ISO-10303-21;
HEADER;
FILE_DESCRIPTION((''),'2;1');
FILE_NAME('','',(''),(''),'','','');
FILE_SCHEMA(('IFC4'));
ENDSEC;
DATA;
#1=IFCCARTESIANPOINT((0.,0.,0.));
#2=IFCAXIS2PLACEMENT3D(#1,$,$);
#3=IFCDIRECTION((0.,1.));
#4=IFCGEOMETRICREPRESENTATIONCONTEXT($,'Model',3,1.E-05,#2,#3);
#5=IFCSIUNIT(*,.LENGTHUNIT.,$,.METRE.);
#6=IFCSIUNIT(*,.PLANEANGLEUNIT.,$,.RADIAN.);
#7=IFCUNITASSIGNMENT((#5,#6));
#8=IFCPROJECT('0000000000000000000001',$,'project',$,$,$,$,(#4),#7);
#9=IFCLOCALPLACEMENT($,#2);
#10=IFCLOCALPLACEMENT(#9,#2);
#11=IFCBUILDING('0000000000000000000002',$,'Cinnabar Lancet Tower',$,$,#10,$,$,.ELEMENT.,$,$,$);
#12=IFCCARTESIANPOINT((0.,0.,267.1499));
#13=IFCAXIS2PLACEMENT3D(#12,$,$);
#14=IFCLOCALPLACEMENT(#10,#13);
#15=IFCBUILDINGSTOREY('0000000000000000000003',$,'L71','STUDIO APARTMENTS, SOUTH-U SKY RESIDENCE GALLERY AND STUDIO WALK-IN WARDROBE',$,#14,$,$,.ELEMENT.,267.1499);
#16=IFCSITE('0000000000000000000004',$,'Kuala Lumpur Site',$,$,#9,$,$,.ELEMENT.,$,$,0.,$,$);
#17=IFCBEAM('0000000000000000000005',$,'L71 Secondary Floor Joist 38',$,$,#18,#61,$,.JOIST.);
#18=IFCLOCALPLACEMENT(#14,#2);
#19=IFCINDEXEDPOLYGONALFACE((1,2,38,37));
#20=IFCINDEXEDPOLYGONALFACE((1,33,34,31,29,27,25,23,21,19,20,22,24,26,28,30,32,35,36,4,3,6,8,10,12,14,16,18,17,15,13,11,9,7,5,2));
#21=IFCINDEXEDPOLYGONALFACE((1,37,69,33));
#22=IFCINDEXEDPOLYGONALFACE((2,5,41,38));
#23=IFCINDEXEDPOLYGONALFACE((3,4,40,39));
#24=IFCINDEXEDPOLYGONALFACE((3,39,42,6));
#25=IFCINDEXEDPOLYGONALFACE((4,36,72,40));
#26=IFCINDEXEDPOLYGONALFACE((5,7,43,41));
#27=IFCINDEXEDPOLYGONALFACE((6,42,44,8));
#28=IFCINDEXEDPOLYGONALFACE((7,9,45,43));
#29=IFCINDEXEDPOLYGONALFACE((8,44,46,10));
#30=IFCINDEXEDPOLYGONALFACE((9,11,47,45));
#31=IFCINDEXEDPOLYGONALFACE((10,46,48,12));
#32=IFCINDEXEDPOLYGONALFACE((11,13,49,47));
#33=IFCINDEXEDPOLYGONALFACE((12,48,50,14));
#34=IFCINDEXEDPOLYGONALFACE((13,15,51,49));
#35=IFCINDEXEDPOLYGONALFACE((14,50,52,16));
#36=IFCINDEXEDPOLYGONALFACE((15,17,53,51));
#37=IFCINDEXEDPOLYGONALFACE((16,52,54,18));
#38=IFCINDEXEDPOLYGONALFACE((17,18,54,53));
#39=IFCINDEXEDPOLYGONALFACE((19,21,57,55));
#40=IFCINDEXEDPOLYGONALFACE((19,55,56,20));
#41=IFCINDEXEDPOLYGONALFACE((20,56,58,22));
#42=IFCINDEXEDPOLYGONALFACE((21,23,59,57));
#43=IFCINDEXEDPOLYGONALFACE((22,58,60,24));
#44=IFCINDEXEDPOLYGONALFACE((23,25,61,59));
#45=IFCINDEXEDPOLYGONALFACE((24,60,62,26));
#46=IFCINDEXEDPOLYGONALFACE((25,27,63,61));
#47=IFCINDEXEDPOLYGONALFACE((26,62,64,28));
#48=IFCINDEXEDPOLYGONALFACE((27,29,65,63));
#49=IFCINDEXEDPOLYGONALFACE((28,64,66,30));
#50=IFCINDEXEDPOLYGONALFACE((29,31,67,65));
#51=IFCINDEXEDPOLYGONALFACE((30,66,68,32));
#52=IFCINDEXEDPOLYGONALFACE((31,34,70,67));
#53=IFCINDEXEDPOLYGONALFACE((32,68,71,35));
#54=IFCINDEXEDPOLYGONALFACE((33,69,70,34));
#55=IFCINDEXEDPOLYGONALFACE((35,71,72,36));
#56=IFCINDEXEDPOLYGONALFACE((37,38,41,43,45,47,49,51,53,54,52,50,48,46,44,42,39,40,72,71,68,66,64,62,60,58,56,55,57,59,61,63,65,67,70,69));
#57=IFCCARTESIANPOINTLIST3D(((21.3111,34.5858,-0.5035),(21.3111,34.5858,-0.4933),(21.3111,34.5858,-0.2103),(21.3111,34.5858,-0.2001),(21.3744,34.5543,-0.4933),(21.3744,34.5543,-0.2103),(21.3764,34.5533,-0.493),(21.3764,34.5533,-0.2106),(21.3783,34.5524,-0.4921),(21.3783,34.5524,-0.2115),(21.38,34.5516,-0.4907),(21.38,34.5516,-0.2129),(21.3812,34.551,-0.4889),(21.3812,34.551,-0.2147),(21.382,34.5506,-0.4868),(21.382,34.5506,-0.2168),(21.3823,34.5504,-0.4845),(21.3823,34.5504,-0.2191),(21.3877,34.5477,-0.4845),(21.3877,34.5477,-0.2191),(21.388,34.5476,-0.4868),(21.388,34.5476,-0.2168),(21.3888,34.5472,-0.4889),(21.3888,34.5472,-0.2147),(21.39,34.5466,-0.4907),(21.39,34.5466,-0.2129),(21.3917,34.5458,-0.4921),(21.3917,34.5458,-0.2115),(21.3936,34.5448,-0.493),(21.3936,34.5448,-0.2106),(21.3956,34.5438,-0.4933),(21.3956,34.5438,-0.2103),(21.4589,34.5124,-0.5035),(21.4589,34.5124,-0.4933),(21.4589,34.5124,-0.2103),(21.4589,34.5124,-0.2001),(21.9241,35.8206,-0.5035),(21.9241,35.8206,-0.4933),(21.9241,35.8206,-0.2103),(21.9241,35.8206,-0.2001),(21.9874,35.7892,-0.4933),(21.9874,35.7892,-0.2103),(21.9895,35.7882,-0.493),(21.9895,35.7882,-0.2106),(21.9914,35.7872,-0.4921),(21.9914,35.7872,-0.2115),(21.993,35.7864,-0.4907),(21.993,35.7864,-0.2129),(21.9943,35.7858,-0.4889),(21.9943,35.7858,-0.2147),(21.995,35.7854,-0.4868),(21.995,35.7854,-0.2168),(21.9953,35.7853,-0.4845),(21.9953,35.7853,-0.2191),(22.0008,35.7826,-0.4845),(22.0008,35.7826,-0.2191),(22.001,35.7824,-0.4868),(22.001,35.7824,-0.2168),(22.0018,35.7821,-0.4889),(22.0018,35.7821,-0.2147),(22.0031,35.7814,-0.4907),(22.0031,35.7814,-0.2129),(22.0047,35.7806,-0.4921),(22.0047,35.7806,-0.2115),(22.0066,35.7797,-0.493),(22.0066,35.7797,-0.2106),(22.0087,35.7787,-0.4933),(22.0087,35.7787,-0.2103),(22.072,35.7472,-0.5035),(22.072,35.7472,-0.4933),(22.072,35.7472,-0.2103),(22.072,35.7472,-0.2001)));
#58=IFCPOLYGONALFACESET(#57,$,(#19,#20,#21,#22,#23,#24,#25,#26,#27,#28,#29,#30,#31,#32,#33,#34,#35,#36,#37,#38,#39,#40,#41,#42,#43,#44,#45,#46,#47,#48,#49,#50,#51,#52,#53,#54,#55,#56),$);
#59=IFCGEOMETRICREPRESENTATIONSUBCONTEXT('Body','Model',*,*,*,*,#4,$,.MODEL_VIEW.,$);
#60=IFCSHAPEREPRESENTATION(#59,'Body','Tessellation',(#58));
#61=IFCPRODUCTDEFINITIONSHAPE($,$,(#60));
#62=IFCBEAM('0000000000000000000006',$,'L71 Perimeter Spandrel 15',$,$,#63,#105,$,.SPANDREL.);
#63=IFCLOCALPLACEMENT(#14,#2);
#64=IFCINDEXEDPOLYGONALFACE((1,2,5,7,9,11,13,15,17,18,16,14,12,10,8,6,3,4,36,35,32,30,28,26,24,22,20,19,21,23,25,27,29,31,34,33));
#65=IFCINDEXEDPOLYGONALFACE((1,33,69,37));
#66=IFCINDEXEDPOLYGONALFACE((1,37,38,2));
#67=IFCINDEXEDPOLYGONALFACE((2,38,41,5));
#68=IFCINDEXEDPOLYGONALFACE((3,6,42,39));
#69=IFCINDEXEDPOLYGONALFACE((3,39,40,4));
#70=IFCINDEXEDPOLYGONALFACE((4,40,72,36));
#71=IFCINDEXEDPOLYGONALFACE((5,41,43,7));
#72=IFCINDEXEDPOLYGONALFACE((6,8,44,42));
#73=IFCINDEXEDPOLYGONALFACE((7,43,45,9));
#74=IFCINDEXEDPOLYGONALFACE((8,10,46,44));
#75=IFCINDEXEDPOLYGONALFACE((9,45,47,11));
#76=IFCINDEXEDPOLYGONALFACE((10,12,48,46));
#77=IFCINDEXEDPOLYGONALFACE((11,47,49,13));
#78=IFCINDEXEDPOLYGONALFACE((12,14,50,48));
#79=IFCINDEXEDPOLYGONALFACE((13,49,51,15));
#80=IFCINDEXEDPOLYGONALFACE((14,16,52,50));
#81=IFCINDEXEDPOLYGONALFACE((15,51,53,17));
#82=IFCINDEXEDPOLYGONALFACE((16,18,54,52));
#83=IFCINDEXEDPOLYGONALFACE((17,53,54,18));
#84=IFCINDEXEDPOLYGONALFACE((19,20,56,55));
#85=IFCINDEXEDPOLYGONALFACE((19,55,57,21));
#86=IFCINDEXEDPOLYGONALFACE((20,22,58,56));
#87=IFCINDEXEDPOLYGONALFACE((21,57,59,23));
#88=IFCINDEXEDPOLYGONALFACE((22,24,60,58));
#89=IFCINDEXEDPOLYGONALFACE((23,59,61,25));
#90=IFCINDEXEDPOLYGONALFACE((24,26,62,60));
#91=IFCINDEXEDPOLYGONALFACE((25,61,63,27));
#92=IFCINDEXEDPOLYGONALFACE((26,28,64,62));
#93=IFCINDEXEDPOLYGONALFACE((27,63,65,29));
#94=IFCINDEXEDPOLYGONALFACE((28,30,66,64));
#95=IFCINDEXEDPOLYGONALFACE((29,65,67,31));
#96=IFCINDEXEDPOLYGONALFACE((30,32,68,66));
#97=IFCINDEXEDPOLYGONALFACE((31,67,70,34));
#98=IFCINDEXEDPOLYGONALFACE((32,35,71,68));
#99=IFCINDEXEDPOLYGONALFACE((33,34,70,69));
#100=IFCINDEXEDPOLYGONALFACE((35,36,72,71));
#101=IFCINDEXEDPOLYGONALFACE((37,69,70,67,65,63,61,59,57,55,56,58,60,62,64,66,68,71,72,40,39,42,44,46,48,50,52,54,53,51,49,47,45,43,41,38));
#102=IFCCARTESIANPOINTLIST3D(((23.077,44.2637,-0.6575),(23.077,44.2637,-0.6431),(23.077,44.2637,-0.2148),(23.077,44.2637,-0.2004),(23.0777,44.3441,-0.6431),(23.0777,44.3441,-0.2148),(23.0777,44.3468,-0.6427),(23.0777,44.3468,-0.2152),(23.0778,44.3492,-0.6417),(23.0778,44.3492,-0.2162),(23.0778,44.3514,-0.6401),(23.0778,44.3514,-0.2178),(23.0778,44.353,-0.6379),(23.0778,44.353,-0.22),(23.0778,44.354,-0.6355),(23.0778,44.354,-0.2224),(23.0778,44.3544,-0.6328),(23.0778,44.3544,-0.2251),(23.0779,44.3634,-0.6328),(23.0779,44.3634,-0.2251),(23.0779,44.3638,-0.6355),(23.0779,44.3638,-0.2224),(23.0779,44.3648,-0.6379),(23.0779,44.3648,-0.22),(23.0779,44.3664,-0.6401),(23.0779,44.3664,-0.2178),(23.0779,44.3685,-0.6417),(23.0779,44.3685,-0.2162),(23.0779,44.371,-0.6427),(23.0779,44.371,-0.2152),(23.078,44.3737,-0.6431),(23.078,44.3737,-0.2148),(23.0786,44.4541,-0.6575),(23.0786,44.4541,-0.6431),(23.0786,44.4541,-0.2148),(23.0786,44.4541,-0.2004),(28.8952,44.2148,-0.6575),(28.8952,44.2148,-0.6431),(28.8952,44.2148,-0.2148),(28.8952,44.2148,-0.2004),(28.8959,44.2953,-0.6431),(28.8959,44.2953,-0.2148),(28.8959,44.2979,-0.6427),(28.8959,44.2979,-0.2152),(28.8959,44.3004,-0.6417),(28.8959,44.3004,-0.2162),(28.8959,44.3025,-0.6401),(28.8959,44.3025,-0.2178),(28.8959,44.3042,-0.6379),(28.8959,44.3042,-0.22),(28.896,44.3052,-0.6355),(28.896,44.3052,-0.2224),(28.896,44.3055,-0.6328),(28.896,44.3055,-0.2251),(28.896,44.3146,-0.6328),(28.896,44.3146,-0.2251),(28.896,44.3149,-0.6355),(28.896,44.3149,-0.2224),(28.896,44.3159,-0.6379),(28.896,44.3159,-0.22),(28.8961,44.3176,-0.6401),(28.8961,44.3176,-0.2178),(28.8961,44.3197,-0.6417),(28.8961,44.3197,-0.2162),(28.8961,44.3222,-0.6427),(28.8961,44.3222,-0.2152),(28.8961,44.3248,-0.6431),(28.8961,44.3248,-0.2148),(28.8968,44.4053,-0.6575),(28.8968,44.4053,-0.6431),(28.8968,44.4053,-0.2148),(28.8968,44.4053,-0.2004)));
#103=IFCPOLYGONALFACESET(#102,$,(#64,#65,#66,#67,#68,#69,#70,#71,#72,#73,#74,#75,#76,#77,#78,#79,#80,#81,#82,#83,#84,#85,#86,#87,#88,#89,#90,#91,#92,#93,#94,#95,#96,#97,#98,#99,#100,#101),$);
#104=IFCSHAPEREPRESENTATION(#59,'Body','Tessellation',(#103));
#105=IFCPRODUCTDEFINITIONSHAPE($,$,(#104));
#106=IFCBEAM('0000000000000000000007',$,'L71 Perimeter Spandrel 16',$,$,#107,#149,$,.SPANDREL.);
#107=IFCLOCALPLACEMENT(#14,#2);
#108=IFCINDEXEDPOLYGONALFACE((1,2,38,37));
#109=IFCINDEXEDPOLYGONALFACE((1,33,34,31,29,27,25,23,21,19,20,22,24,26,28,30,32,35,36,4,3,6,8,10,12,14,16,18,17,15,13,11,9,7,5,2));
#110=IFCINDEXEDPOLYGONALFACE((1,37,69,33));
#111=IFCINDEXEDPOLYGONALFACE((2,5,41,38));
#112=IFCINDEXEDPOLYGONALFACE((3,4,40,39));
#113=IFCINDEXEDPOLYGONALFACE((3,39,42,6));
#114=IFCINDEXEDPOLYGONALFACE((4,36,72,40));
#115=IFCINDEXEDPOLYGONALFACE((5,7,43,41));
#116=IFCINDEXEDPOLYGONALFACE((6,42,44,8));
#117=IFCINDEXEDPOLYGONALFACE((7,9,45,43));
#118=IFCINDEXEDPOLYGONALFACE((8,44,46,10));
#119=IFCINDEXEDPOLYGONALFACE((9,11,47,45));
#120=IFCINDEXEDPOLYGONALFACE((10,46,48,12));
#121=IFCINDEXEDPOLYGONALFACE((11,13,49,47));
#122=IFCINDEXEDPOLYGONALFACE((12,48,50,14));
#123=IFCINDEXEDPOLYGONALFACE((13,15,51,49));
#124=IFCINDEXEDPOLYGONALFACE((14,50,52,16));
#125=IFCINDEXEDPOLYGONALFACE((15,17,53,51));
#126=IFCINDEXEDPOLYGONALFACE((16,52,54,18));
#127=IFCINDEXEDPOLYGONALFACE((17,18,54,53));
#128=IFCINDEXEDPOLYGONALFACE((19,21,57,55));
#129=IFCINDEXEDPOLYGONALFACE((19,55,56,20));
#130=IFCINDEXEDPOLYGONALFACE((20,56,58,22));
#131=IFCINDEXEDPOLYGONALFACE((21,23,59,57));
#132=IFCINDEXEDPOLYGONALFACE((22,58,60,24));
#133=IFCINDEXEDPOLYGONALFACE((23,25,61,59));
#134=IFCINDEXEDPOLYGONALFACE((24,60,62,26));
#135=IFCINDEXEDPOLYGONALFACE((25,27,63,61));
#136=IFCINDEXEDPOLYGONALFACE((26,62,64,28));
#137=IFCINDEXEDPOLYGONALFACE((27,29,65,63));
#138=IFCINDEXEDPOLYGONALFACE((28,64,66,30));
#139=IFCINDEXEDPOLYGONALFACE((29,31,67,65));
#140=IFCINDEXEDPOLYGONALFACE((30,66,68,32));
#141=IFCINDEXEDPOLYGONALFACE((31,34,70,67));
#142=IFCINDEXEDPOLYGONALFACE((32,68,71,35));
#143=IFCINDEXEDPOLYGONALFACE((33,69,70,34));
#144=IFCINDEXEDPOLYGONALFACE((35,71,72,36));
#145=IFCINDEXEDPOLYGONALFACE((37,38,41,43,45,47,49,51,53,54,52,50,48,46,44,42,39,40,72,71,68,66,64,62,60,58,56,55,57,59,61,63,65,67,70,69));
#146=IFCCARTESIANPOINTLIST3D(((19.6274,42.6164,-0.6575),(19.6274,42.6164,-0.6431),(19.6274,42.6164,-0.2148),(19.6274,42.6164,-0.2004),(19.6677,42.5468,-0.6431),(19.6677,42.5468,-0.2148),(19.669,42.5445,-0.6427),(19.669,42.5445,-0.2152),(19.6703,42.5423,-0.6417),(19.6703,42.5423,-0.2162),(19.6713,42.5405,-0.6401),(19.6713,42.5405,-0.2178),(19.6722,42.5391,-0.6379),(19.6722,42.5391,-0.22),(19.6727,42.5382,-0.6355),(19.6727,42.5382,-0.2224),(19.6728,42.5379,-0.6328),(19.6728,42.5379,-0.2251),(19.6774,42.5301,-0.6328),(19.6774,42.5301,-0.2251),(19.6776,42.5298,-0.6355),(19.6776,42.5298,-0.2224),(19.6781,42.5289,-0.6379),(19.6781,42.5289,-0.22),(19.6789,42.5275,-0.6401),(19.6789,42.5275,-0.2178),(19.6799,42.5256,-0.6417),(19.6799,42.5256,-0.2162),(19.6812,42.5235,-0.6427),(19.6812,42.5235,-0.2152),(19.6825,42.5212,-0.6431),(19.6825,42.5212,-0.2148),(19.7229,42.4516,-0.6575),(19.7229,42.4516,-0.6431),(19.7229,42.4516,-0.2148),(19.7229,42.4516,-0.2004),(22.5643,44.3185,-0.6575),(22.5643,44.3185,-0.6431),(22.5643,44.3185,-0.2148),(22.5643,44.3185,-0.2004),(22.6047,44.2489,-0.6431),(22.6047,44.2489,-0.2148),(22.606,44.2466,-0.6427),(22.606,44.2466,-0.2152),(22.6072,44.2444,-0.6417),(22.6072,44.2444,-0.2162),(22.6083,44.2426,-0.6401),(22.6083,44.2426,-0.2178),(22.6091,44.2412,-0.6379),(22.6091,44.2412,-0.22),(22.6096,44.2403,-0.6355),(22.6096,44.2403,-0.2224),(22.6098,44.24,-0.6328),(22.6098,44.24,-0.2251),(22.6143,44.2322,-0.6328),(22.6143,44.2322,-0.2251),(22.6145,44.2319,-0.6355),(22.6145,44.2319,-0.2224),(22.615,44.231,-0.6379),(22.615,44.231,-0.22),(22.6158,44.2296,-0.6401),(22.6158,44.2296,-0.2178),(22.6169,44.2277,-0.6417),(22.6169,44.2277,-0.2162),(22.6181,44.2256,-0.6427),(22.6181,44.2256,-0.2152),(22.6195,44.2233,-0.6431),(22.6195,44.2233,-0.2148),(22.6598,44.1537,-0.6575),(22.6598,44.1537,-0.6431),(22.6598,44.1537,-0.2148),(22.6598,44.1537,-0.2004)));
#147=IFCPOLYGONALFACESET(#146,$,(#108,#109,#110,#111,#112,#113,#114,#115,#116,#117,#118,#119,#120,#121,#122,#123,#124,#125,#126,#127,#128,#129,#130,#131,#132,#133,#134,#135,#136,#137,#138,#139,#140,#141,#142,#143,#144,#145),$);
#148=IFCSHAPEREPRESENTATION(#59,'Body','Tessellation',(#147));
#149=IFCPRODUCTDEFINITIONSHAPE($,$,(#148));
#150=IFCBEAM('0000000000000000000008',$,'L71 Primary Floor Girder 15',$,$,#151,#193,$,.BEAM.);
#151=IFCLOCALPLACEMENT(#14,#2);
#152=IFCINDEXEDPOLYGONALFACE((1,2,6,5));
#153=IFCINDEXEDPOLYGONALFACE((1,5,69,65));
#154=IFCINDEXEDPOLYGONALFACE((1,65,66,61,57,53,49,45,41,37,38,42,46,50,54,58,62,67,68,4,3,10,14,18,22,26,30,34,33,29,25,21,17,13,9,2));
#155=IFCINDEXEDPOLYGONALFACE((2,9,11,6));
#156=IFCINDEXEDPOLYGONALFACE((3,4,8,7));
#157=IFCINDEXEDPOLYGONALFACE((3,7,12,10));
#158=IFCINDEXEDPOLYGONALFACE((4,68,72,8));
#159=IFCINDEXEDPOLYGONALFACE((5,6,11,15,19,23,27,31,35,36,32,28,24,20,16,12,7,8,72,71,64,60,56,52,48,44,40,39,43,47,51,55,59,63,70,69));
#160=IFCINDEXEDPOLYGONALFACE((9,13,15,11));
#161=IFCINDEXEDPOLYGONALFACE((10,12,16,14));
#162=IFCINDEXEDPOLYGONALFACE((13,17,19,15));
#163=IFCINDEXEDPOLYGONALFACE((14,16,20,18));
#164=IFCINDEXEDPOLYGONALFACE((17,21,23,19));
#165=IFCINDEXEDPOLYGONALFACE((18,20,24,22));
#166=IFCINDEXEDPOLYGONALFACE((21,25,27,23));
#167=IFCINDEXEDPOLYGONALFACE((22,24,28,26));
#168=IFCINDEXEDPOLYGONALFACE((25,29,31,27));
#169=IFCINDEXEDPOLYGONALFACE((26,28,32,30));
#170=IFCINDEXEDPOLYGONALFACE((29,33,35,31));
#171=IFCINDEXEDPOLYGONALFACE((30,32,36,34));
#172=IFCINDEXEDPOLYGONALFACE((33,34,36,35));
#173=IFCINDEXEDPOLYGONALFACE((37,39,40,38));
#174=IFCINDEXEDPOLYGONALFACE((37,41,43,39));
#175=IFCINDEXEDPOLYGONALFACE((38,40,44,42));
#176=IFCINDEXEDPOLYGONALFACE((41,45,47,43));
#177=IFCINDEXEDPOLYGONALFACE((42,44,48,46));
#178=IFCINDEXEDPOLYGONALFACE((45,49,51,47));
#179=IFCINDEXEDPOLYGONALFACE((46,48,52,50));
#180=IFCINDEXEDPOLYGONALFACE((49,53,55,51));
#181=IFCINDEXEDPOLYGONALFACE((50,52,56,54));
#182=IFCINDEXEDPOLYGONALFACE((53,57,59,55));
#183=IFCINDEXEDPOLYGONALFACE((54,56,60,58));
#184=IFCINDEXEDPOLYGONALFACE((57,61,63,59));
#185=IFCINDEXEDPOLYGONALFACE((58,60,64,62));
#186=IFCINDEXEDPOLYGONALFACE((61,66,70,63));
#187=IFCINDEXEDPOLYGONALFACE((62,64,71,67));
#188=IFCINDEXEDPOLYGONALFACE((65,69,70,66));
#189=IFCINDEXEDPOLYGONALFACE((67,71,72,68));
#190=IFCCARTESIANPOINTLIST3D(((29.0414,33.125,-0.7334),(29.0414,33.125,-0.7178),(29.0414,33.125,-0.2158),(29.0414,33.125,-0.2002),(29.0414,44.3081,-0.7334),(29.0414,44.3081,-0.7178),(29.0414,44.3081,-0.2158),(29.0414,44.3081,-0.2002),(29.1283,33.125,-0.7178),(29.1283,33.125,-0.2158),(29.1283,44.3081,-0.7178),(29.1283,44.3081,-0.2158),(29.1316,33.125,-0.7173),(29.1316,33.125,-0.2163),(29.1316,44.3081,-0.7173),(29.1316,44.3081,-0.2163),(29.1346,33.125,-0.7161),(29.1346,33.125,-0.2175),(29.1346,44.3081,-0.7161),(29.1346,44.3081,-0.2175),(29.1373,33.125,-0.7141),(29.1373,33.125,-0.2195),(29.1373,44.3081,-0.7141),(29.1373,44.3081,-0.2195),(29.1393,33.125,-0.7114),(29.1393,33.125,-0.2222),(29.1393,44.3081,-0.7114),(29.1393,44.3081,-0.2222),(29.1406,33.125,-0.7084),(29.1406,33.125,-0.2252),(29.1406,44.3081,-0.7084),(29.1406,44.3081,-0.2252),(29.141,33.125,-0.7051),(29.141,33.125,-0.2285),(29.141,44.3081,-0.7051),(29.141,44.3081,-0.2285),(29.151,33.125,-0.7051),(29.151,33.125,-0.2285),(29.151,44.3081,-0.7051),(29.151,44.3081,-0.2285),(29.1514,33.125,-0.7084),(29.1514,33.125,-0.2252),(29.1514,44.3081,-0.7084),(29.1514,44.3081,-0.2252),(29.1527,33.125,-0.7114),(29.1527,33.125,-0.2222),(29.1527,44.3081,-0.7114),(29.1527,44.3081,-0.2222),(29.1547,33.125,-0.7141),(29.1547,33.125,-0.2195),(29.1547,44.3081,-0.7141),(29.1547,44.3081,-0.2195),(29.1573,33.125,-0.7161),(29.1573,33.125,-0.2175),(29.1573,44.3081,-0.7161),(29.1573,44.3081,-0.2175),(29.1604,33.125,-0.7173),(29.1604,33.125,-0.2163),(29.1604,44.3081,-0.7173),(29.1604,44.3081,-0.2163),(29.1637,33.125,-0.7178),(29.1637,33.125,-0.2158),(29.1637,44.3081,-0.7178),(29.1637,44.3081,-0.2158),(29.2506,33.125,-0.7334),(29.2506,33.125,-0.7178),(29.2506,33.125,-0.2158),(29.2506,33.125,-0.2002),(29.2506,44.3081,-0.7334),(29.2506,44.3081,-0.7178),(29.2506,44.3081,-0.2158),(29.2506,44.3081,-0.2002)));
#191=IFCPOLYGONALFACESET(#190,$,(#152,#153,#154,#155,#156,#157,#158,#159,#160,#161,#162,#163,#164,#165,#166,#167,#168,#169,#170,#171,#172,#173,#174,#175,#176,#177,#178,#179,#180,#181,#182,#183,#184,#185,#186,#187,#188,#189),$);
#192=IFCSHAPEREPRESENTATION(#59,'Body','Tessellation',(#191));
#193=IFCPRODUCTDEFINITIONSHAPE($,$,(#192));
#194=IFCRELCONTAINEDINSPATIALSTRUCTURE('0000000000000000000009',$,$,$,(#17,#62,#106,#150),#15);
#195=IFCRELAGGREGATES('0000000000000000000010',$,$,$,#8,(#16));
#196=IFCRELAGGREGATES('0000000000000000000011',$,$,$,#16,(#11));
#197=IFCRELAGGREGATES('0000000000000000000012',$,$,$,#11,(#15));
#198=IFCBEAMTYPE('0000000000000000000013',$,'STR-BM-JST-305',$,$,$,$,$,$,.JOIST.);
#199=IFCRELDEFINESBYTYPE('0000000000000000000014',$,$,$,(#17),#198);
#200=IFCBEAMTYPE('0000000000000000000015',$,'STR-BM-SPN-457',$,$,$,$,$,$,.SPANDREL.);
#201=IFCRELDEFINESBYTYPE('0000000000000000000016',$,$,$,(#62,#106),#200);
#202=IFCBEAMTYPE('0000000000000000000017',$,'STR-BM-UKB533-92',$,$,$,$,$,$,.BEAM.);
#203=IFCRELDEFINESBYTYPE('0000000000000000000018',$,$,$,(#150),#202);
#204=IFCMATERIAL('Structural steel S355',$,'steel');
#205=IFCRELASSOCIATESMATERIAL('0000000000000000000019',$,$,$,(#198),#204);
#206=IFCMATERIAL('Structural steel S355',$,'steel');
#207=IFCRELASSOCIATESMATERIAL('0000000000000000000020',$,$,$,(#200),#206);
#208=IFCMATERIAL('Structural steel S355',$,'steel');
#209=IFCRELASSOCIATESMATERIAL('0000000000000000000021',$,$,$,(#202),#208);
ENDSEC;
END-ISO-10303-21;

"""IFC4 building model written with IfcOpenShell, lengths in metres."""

from ifc_helpers import new_model, si_unit, direction, frame, origin, origin_2d, place, context, subcontext, project, spatial, i_section, extrude, material, material_profile, profile_set, type_object, element, save


model = new_model("IFC4")

# Units and contexts
model_context = context("Model", 3, precision=1e-05, world=origin(), true_north=direction((0.0, 1.0)))
body_context = subcontext(model_context, "Body", "Model", "MODEL_VIEW")
ifc_project = project(units=[si_unit("LENGTHUNIT", "METRE"), si_unit("PLANEANGLEUNIT", "RADIAN")], contexts=[model_context])

# Site, building, storey
site_placement = place(None, origin())
site = spatial("IfcSite", under=ifc_project, at=site_placement, Name="Kuala Lumpur Site", CompositionType="ELEMENT", RefElevation=0.0)
building_placement = place(site_placement, origin())
building = spatial("IfcBuilding", under=site, at=building_placement, Name="Cinnabar Lancet Tower", CompositionType="ELEMENT")
storey_placement = place(building_placement, frame((0.0, 0.0, 267.1499)))
storey = spatial("IfcBuildingStorey", under=building, at=storey_placement, Name="L71", Description="STUDIO APARTMENTS, SOUTH-U SKY RESIDENCE GALLERY AND STUDIO WALK-IN WARDROBE", CompositionType="ELEMENT", Elevation=267.1499)

# Beams
ifc_material_1 = material(Name="Structural steel S355", Category="steel")
ifc_material_profile_1 = material_profile(ifc_material_1, i_section(OverallWidth=0.165, OverallDepth=0.3035, WebThickness=0.0061, FlangeThickness=0.0103, FilletRadius=0.0088, at=origin_2d()), Name="UKB 305x165x40")
ifc_profile_set_1 = profile_set([ifc_material_profile_1], Name="Structural steel S355")
beam_type_1 = type_object("IfcBeamType", Name="STR-BM-JST-305", PredefinedType="JOIST", material=ifc_profile_set_1)
beam_1_placement = place(storey_placement, frame((21.998, 35.7839, -0.3518), z_axis=(-0.444662, -0.895699, 0.0), x_axis=(0.895699, -0.444662, 0.0)))
element("IfcBeam", 1, at=beam_1_placement, inside=storey, type_object=beam_type_1, Name="L71 Secondary Floor Joist 38", PredefinedType="JOIST", context=body_context, shape_type="SweptSolid", body=[
    extrude(i_section(OverallWidth=0.165, OverallDepth=0.3035, WebThickness=0.0061, FlangeThickness=0.0103, FilletRadius=0.0088, at=origin_2d()), origin(), (0.0, 0.0, 1.0), 1.3787),
])
ifc_material_2 = material(Name="Structural steel S355", Category="steel")
ifc_material_profile_2 = material_profile(ifc_material_2, i_section(OverallWidth=0.1904, OverallDepth=0.457, WebThickness=0.009, FlangeThickness=0.0144, FilletRadius=0.0103, at=origin_2d()), Name="UKB 457x191x74")
ifc_profile_set_2 = profile_set([ifc_material_profile_2], Name="Structural steel S355")
beam_type_2 = type_object("IfcBeamType", Name="STR-BM-SPN-457", PredefinedType="SPANDREL", material=ifc_profile_set_2)
beam_2_placement = place(storey_placement, frame((28.896, 44.3101, -0.429), z_axis=(-0.999965, 0.008392, 0.0), x_axis=(-0.008392, -0.999965, 0.0)))
element("IfcBeam", 2, at=beam_2_placement, inside=storey, type_object=beam_type_2, Name="L71 Perimeter Spandrel 15", PredefinedType="SPANDREL", context=body_context, shape_type="SweptSolid", body=[
    extrude(i_section(OverallWidth=0.1904, OverallDepth=0.457, WebThickness=0.009, FlangeThickness=0.0144, FilletRadius=0.0103, at=origin_2d()), origin(), (0.0, 0.0, 1.0), 5.8184),
])
beam_3_placement = place(storey_placement, frame((22.6121, 44.2361, -0.429), z_axis=(-0.8652, -0.501427, 0.0), x_axis=(0.501427, -0.8652, 0.0)))
element("IfcBeam", 3, at=beam_3_placement, inside=storey, type_object=beam_type_2, Name="L71 Perimeter Spandrel 16", PredefinedType="SPANDREL", context=body_context, shape_type="SweptSolid", body=[
    extrude(i_section(OverallWidth=0.1904, OverallDepth=0.457, WebThickness=0.009, FlangeThickness=0.0144, FilletRadius=0.0103, at=origin_2d()), origin(), (0.0, 0.0, 1.0), 3.3945),
])
ifc_material_3 = material(Name="Structural steel S355", Category="steel")
ifc_material_profile_3 = material_profile(ifc_material_3, i_section(OverallWidth=0.2092, OverallDepth=0.5332, WebThickness=0.01, FlangeThickness=0.0156, FilletRadius=0.0127, at=origin_2d()), Name="UKB 533x210x92")
ifc_profile_set_3 = profile_set([ifc_material_profile_3], Name="Structural steel S355")
beam_type_3 = type_object("IfcBeamType", Name="STR-BM-UKB533-92", PredefinedType="BEAM", material=ifc_profile_set_3)
beam_4_placement = place(storey_placement, frame((29.146, 44.3081, -0.4668), z_axis=(0.0, -1.0, 0.0), x_axis=(1.0, 0.0, 0.0)))
element("IfcBeam", 4, at=beam_4_placement, inside=storey, type_object=beam_type_3, Name="L71 Primary Floor Girder 15", PredefinedType="BEAM", context=body_context, shape_type="SweptSolid", body=[
    extrude(i_section(OverallWidth=0.2092, OverallDepth=0.5332, WebThickness=0.01, FlangeThickness=0.0156, FilletRadius=0.0127, at=origin_2d()), origin(), (0.0, 0.0, 1.0), 11.1831),
])

save(model, "model.ifc")
